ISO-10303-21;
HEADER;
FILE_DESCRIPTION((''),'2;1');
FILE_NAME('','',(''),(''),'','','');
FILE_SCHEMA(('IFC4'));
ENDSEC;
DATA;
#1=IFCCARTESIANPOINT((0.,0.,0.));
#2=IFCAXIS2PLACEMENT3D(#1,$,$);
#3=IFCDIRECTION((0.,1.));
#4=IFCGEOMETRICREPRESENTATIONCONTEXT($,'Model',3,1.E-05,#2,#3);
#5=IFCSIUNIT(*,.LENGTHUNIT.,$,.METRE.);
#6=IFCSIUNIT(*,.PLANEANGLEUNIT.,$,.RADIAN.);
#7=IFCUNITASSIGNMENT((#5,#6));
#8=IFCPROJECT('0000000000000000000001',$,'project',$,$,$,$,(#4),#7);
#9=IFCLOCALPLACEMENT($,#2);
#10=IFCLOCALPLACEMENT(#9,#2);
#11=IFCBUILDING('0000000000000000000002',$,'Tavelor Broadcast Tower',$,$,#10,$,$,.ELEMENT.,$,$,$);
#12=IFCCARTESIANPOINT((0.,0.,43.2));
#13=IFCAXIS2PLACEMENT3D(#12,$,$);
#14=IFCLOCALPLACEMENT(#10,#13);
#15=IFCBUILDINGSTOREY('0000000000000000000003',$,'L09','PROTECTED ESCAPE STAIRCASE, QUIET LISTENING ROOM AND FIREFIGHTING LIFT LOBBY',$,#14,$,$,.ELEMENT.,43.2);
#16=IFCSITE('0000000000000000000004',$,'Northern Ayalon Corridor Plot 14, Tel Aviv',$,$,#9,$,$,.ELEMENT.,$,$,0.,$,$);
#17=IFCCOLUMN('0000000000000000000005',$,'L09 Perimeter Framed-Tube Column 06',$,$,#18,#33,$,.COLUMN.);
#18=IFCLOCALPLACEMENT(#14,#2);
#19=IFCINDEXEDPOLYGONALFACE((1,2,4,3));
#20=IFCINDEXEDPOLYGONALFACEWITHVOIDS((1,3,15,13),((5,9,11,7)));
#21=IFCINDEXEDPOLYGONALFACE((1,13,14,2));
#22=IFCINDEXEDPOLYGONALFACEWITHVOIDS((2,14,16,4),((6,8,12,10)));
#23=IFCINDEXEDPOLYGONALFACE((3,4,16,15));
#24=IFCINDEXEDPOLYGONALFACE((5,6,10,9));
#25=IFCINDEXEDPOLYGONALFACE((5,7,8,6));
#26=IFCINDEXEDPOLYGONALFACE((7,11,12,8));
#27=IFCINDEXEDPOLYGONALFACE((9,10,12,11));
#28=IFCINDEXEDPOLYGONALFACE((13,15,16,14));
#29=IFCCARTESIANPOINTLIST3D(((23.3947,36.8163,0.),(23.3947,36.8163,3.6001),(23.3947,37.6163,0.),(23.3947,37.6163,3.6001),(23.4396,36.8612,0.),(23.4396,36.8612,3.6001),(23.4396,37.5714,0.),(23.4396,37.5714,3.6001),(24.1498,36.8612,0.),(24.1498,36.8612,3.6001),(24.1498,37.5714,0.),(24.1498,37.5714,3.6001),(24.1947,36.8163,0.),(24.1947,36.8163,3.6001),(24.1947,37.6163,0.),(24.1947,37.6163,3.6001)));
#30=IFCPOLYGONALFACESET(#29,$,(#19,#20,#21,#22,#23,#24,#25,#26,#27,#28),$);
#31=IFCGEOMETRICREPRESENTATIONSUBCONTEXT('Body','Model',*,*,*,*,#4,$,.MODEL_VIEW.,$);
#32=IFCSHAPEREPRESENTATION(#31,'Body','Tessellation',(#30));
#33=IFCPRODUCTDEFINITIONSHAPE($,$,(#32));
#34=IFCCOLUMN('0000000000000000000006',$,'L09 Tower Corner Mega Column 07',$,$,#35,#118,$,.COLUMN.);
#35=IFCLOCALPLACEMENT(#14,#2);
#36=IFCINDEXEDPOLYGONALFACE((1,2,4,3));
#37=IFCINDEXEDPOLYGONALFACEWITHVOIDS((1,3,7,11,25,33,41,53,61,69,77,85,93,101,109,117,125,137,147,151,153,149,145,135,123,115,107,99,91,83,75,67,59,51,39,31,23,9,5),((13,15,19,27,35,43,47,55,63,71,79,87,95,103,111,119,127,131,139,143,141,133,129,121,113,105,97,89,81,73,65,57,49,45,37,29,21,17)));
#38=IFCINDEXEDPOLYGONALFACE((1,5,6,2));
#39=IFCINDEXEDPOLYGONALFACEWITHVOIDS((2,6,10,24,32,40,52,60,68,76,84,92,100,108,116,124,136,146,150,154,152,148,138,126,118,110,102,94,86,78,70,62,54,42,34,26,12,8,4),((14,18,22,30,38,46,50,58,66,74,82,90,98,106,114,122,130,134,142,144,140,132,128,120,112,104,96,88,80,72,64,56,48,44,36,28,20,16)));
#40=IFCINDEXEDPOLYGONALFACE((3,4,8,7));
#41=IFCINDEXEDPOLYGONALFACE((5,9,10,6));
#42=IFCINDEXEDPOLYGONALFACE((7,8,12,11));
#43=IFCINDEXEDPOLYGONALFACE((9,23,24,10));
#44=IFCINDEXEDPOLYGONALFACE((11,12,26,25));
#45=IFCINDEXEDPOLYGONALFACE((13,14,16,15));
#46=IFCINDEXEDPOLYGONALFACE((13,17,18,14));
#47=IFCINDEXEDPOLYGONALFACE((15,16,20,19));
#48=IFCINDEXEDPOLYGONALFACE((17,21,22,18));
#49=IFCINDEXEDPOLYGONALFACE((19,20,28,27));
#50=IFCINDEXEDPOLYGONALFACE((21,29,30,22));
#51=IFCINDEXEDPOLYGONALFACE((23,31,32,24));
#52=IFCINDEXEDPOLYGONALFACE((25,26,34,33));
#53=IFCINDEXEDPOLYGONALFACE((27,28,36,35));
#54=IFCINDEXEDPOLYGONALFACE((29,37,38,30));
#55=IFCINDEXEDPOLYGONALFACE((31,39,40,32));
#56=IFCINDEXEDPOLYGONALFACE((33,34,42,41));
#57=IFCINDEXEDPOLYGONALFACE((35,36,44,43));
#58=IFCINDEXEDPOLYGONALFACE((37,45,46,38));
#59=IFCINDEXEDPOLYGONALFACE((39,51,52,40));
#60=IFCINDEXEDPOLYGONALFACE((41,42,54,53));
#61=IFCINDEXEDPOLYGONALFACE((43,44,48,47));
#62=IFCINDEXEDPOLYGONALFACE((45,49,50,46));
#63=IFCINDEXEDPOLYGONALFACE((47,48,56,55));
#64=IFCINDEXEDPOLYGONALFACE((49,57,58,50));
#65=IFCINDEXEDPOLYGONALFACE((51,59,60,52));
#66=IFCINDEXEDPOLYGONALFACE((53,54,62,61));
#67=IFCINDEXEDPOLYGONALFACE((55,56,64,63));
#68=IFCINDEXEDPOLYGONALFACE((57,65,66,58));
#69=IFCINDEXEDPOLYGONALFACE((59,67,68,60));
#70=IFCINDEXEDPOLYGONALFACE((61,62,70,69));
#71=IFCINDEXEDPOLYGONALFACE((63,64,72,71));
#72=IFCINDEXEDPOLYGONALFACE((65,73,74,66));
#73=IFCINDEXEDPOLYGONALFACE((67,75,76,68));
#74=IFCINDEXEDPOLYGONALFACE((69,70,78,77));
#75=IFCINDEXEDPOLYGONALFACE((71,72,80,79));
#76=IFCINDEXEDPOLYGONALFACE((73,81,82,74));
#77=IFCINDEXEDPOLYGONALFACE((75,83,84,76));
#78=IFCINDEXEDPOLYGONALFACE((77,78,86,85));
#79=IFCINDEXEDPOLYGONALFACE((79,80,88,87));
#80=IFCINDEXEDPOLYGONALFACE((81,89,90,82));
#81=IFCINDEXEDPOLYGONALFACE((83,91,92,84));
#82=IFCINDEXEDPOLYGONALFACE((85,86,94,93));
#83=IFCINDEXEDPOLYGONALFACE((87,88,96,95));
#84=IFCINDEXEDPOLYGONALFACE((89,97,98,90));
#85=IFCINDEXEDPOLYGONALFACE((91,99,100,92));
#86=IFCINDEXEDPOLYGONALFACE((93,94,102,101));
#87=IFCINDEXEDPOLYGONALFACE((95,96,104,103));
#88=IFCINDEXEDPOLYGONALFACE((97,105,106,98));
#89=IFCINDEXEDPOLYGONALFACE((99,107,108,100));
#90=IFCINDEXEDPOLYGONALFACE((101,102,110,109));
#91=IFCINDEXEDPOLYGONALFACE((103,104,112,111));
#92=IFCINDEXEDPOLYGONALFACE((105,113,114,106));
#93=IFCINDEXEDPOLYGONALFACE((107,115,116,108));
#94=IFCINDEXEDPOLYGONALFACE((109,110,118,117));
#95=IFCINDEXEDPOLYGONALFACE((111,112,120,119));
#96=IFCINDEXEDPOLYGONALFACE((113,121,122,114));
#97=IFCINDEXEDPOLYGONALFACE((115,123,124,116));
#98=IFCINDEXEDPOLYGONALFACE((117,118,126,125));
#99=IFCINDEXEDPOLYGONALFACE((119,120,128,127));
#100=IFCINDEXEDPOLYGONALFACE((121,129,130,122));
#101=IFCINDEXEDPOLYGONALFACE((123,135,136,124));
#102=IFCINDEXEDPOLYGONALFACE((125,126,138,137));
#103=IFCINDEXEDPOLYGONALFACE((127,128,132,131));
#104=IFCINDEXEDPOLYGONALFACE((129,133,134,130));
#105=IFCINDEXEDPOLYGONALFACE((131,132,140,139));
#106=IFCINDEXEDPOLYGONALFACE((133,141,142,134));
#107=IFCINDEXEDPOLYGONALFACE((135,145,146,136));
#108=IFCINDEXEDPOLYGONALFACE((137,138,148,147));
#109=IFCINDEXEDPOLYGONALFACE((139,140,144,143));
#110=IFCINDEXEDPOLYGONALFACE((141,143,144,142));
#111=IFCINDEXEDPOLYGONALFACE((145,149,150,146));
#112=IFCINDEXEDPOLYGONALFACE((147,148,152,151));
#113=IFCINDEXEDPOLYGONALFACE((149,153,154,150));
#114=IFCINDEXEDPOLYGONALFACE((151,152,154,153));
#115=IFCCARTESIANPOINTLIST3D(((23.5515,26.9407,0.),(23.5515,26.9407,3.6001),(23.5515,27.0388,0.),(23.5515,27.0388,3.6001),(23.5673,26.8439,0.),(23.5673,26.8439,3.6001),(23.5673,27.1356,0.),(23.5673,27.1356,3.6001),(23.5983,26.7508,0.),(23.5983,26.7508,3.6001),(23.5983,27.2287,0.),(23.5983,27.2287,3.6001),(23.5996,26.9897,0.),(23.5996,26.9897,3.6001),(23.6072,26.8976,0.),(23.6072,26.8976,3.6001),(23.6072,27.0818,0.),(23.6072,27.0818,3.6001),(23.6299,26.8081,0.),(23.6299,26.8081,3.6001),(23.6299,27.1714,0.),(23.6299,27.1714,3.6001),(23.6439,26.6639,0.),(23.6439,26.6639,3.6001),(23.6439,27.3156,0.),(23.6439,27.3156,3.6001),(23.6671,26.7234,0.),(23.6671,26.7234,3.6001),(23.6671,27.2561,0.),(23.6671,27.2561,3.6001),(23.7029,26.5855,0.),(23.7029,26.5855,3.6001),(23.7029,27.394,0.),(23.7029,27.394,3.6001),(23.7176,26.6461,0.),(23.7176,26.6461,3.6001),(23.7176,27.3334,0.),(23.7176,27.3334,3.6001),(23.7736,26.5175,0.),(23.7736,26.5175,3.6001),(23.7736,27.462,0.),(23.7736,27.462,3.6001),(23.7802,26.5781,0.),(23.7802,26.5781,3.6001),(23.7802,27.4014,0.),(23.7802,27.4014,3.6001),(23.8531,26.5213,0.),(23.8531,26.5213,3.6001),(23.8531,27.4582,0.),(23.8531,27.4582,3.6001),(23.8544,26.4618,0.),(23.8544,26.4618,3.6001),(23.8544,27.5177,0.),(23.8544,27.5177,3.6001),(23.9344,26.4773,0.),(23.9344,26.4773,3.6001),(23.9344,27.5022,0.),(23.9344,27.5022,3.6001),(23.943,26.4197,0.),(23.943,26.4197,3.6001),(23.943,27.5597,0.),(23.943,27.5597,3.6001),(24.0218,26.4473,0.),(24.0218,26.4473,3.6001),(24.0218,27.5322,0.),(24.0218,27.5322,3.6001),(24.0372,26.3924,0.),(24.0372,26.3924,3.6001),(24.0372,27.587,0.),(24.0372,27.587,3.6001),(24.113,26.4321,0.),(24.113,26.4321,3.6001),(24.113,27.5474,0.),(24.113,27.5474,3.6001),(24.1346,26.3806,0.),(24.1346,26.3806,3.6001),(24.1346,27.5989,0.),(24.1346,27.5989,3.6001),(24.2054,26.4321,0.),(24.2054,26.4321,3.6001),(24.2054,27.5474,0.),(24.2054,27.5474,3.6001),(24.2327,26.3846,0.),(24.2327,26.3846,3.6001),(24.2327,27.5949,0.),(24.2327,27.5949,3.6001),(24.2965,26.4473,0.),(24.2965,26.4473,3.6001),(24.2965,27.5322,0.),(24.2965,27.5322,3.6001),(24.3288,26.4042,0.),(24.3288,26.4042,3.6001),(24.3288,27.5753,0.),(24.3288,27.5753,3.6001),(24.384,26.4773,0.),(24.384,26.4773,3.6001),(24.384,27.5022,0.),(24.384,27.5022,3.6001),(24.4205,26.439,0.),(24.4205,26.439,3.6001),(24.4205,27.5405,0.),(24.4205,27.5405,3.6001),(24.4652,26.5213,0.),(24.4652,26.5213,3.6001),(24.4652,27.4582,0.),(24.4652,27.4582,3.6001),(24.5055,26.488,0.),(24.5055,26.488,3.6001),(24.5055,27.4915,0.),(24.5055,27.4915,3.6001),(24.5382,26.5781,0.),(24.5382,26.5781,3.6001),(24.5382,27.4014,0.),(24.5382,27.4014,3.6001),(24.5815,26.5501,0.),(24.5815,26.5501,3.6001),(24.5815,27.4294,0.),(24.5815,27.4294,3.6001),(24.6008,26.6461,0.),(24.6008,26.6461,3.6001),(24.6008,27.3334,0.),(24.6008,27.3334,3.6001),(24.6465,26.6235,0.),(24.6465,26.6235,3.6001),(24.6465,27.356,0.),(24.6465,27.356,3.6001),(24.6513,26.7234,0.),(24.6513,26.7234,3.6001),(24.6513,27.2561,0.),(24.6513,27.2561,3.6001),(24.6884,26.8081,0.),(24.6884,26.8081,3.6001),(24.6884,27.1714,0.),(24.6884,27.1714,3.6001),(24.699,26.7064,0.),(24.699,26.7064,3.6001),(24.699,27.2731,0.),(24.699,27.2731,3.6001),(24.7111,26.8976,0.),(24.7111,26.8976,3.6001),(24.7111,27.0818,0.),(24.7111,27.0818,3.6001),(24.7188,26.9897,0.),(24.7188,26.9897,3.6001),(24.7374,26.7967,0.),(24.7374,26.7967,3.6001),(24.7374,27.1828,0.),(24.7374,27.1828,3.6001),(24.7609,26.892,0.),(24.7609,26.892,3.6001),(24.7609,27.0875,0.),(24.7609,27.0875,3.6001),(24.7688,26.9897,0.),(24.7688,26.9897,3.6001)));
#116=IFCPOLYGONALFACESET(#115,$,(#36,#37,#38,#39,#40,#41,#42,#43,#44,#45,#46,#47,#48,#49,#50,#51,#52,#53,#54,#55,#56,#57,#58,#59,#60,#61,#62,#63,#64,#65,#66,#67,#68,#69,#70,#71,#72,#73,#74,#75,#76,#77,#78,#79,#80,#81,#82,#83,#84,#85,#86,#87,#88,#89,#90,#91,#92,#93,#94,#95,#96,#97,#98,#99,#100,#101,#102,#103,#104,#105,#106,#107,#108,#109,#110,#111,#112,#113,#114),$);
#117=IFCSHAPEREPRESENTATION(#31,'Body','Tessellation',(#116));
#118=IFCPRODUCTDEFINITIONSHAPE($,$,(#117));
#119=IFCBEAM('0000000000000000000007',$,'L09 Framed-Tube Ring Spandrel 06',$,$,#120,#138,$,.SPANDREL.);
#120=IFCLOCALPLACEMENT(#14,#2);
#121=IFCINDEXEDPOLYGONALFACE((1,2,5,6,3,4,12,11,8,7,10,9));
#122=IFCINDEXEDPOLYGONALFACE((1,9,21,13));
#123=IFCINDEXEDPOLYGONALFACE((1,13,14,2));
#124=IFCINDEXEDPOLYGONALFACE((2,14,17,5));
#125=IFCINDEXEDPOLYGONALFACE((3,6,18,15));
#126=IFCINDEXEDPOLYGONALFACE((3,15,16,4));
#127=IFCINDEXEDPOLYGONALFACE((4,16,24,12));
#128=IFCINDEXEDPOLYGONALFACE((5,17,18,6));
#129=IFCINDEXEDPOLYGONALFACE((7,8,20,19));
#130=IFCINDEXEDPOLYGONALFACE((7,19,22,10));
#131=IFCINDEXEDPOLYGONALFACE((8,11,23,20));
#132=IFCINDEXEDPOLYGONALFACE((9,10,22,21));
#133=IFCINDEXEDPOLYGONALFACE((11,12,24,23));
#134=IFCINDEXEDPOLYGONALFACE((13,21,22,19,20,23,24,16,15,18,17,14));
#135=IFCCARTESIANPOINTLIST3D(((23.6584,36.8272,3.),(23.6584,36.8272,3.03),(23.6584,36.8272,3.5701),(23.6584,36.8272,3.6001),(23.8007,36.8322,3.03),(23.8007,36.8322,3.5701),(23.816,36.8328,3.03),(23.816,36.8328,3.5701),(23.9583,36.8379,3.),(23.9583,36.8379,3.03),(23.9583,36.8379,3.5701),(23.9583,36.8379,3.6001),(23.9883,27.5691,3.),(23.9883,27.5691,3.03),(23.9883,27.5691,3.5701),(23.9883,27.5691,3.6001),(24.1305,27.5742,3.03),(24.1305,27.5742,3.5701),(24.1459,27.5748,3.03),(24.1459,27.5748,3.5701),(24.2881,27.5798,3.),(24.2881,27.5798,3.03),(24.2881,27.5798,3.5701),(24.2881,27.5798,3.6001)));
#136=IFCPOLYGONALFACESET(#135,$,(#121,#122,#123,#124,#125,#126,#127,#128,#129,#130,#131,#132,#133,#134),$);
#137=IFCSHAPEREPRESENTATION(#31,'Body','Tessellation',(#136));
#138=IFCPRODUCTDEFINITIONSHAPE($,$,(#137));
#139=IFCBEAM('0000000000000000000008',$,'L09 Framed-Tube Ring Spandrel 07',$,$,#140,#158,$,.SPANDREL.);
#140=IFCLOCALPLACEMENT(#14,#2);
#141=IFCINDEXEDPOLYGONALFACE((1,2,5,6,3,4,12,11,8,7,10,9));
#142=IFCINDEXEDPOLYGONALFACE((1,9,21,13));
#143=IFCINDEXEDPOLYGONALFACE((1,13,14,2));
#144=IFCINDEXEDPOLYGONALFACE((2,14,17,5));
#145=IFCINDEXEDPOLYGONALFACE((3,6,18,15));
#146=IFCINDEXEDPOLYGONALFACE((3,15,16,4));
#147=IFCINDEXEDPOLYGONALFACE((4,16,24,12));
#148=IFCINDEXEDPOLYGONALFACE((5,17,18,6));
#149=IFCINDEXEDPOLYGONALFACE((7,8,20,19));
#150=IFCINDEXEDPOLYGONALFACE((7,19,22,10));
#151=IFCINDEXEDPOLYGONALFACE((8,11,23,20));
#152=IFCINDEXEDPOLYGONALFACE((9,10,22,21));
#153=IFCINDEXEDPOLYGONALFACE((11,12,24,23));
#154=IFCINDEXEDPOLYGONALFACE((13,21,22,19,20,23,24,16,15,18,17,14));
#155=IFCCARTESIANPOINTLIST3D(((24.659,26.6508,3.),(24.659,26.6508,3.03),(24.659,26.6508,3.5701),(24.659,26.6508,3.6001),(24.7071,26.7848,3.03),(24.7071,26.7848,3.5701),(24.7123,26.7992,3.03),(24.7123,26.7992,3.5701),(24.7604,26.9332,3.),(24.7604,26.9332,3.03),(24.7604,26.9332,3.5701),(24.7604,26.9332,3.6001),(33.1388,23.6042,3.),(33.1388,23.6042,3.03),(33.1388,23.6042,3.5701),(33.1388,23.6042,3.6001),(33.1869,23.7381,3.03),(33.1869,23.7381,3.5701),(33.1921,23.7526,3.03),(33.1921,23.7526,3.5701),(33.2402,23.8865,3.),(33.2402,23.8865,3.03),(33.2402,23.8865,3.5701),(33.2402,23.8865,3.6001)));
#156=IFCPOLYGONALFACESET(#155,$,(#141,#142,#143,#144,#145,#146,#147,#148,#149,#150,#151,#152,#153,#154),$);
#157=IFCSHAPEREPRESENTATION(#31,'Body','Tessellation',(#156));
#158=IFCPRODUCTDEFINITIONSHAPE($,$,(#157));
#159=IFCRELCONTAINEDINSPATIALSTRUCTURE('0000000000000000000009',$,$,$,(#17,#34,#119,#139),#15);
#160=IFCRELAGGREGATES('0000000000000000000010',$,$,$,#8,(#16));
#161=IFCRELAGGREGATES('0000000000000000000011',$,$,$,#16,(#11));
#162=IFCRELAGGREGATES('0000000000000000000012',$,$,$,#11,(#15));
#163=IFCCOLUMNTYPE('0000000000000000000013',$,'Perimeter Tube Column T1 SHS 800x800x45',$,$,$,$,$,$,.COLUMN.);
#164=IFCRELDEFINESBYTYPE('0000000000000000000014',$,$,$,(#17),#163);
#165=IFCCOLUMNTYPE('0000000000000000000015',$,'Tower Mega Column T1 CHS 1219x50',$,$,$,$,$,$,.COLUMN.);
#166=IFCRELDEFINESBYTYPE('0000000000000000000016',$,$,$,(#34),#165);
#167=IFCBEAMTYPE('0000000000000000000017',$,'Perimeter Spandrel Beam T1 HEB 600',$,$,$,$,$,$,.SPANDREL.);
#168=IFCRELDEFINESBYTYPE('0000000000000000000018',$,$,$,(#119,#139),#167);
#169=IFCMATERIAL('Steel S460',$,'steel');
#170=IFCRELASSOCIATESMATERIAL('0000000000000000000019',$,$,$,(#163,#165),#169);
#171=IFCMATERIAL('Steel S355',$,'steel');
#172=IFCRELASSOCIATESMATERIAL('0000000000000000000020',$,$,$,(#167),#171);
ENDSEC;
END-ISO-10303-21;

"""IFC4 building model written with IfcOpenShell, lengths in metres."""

from ifc_helpers import new_model, si_unit, direction, frame, origin, origin_2d, place, context, subcontext, project, spatial, hollow_rectangle, hollow_circle, i_section, extrude, material, material_profile, profile_set, type_object, element, save


model = new_model("IFC4")

# Units and contexts
model_context = context("Model", 3, precision=1e-05, world=origin(), true_north=direction((0.0, 1.0)))
body_context = subcontext(model_context, "Body", "Model", "MODEL_VIEW")
ifc_project = project(units=[si_unit("LENGTHUNIT", "METRE"), si_unit("PLANEANGLEUNIT", "RADIAN")], contexts=[model_context])

# Site, building, storey
site_placement = place(None, origin())
site = spatial("IfcSite", under=ifc_project, at=site_placement, Name="Northern Ayalon Corridor Plot 14, Tel Aviv", CompositionType="ELEMENT", RefElevation=0.0)
building_placement = place(site_placement, origin())
building = spatial("IfcBuilding", under=site, at=building_placement, Name="Tavelor Broadcast Tower", CompositionType="ELEMENT")
storey_placement = place(building_placement, frame((0.0, 0.0, 43.2)))
storey = spatial("IfcBuildingStorey", under=building, at=storey_placement, Name="L09", Description="PROTECTED ESCAPE STAIRCASE, QUIET LISTENING ROOM AND FIREFIGHTING LIFT LOBBY", CompositionType="ELEMENT", Elevation=43.2)

# Columns
ifc_material_1 = material(Name="Steel S460", Category="steel")
ifc_material_profile_1 = material_profile(ifc_material_1, hollow_rectangle(XDim=0.8, YDim=0.8, WallThickness=0.0449, at=origin_2d()), Name="SHS 800x800x45")
ifc_profile_set_1 = profile_set([ifc_material_profile_1], Name="Steel S460")
column_type_1 = type_object("IfcColumnType", Name="Perimeter Tube Column T1 SHS 800x800x45", PredefinedType="COLUMN", material=ifc_profile_set_1)
column_1_placement = place(storey_placement, frame((23.7947, 37.2163, 0.0), z_axis=(0.0, 0.0, 1.0), x_axis=(1.0, 0.0, 0.0)))
element("IfcColumn", 1, at=column_1_placement, inside=storey, type_object=column_type_1, Name="L09 Perimeter Framed-Tube Column 06", PredefinedType="COLUMN", context=body_context, shape_type="SweptSolid", body=[
    extrude(hollow_rectangle(XDim=0.8, YDim=0.8, WallThickness=0.0449, at=origin_2d()), origin(), (0.0, 0.0, 1.0), 3.6001),
])
ifc_material_profile_2 = material_profile(ifc_material_1, hollow_circle(Radius=0.6096, WallThickness=0.05, at=origin_2d()), Name="CHS 1219x50")
ifc_profile_set_2 = profile_set([ifc_material_profile_2], Name="Steel S460")
column_type_2 = type_object("IfcColumnType", Name="Tower Mega Column T1 CHS 1219x50", PredefinedType="COLUMN", material=ifc_profile_set_2)
column_2_placement = place(storey_placement, frame((24.1592, 26.9897, 0.0), z_axis=(0.0, 0.0, 1.0), x_axis=(1.0, 0.0, 0.0)))
element("IfcColumn", 2, at=column_2_placement, inside=storey, type_object=column_type_2, Name="L09 Tower Corner Mega Column 07", PredefinedType="COLUMN", context=body_context, shape_type="SweptSolid", body=[
    extrude(hollow_circle(Radius=0.6096, WallThickness=0.05, at=origin_2d()), origin(), (0.0, 0.0, 1.0), 3.6001),
])

# Beams
ifc_material_2 = material(Name="Steel S355", Category="steel")
ifc_material_profile_3 = material_profile(ifc_material_2, i_section(OverallWidth=0.3, OverallDepth=0.6001, WebThickness=0.0154, FlangeThickness=0.03, at=origin_2d()), Name="HEB 600")
ifc_profile_set_3 = profile_set([ifc_material_profile_3], Name="Steel S355")
beam_type = type_object("IfcBeamType", Name="Perimeter Spandrel Beam T1 HEB 600", PredefinedType="SPANDREL", material=ifc_profile_set_3)
beam_1_placement = place(storey_placement, frame((23.8083, 36.8325, 3.3), z_axis=(0.035604, -0.999366, 0.0), x_axis=(0.999366, 0.035604, 0.0)))
element("IfcBeam", 3, at=beam_1_placement, inside=storey, type_object=beam_type, Name="L09 Framed-Tube Ring Spandrel 06", PredefinedType="SPANDREL", context=body_context, shape_type="SweptSolid", body=[
    extrude(i_section(OverallWidth=0.3, OverallDepth=0.6001, WebThickness=0.0154, FlangeThickness=0.03, at=origin_2d()), origin(), (0.0, 0.0, 1.0), 9.2639),
])
beam_2_placement = place(storey_placement, frame((24.7097, 26.792, 3.3), z_axis=(0.941102, -0.338123, 0.0), x_axis=(0.338123, 0.941102, 0.0)))
element("IfcBeam", 4, at=beam_2_placement, inside=storey, type_object=beam_type, Name="L09 Framed-Tube Ring Spandrel 07", PredefinedType="SPANDREL", context=body_context, shape_type="SweptSolid", body=[
    extrude(i_section(OverallWidth=0.3, OverallDepth=0.6001, WebThickness=0.0154, FlangeThickness=0.03, at=origin_2d()), origin(), (0.0, 0.0, 1.0), 9.0105),
])

save(model, "model.ifc")
